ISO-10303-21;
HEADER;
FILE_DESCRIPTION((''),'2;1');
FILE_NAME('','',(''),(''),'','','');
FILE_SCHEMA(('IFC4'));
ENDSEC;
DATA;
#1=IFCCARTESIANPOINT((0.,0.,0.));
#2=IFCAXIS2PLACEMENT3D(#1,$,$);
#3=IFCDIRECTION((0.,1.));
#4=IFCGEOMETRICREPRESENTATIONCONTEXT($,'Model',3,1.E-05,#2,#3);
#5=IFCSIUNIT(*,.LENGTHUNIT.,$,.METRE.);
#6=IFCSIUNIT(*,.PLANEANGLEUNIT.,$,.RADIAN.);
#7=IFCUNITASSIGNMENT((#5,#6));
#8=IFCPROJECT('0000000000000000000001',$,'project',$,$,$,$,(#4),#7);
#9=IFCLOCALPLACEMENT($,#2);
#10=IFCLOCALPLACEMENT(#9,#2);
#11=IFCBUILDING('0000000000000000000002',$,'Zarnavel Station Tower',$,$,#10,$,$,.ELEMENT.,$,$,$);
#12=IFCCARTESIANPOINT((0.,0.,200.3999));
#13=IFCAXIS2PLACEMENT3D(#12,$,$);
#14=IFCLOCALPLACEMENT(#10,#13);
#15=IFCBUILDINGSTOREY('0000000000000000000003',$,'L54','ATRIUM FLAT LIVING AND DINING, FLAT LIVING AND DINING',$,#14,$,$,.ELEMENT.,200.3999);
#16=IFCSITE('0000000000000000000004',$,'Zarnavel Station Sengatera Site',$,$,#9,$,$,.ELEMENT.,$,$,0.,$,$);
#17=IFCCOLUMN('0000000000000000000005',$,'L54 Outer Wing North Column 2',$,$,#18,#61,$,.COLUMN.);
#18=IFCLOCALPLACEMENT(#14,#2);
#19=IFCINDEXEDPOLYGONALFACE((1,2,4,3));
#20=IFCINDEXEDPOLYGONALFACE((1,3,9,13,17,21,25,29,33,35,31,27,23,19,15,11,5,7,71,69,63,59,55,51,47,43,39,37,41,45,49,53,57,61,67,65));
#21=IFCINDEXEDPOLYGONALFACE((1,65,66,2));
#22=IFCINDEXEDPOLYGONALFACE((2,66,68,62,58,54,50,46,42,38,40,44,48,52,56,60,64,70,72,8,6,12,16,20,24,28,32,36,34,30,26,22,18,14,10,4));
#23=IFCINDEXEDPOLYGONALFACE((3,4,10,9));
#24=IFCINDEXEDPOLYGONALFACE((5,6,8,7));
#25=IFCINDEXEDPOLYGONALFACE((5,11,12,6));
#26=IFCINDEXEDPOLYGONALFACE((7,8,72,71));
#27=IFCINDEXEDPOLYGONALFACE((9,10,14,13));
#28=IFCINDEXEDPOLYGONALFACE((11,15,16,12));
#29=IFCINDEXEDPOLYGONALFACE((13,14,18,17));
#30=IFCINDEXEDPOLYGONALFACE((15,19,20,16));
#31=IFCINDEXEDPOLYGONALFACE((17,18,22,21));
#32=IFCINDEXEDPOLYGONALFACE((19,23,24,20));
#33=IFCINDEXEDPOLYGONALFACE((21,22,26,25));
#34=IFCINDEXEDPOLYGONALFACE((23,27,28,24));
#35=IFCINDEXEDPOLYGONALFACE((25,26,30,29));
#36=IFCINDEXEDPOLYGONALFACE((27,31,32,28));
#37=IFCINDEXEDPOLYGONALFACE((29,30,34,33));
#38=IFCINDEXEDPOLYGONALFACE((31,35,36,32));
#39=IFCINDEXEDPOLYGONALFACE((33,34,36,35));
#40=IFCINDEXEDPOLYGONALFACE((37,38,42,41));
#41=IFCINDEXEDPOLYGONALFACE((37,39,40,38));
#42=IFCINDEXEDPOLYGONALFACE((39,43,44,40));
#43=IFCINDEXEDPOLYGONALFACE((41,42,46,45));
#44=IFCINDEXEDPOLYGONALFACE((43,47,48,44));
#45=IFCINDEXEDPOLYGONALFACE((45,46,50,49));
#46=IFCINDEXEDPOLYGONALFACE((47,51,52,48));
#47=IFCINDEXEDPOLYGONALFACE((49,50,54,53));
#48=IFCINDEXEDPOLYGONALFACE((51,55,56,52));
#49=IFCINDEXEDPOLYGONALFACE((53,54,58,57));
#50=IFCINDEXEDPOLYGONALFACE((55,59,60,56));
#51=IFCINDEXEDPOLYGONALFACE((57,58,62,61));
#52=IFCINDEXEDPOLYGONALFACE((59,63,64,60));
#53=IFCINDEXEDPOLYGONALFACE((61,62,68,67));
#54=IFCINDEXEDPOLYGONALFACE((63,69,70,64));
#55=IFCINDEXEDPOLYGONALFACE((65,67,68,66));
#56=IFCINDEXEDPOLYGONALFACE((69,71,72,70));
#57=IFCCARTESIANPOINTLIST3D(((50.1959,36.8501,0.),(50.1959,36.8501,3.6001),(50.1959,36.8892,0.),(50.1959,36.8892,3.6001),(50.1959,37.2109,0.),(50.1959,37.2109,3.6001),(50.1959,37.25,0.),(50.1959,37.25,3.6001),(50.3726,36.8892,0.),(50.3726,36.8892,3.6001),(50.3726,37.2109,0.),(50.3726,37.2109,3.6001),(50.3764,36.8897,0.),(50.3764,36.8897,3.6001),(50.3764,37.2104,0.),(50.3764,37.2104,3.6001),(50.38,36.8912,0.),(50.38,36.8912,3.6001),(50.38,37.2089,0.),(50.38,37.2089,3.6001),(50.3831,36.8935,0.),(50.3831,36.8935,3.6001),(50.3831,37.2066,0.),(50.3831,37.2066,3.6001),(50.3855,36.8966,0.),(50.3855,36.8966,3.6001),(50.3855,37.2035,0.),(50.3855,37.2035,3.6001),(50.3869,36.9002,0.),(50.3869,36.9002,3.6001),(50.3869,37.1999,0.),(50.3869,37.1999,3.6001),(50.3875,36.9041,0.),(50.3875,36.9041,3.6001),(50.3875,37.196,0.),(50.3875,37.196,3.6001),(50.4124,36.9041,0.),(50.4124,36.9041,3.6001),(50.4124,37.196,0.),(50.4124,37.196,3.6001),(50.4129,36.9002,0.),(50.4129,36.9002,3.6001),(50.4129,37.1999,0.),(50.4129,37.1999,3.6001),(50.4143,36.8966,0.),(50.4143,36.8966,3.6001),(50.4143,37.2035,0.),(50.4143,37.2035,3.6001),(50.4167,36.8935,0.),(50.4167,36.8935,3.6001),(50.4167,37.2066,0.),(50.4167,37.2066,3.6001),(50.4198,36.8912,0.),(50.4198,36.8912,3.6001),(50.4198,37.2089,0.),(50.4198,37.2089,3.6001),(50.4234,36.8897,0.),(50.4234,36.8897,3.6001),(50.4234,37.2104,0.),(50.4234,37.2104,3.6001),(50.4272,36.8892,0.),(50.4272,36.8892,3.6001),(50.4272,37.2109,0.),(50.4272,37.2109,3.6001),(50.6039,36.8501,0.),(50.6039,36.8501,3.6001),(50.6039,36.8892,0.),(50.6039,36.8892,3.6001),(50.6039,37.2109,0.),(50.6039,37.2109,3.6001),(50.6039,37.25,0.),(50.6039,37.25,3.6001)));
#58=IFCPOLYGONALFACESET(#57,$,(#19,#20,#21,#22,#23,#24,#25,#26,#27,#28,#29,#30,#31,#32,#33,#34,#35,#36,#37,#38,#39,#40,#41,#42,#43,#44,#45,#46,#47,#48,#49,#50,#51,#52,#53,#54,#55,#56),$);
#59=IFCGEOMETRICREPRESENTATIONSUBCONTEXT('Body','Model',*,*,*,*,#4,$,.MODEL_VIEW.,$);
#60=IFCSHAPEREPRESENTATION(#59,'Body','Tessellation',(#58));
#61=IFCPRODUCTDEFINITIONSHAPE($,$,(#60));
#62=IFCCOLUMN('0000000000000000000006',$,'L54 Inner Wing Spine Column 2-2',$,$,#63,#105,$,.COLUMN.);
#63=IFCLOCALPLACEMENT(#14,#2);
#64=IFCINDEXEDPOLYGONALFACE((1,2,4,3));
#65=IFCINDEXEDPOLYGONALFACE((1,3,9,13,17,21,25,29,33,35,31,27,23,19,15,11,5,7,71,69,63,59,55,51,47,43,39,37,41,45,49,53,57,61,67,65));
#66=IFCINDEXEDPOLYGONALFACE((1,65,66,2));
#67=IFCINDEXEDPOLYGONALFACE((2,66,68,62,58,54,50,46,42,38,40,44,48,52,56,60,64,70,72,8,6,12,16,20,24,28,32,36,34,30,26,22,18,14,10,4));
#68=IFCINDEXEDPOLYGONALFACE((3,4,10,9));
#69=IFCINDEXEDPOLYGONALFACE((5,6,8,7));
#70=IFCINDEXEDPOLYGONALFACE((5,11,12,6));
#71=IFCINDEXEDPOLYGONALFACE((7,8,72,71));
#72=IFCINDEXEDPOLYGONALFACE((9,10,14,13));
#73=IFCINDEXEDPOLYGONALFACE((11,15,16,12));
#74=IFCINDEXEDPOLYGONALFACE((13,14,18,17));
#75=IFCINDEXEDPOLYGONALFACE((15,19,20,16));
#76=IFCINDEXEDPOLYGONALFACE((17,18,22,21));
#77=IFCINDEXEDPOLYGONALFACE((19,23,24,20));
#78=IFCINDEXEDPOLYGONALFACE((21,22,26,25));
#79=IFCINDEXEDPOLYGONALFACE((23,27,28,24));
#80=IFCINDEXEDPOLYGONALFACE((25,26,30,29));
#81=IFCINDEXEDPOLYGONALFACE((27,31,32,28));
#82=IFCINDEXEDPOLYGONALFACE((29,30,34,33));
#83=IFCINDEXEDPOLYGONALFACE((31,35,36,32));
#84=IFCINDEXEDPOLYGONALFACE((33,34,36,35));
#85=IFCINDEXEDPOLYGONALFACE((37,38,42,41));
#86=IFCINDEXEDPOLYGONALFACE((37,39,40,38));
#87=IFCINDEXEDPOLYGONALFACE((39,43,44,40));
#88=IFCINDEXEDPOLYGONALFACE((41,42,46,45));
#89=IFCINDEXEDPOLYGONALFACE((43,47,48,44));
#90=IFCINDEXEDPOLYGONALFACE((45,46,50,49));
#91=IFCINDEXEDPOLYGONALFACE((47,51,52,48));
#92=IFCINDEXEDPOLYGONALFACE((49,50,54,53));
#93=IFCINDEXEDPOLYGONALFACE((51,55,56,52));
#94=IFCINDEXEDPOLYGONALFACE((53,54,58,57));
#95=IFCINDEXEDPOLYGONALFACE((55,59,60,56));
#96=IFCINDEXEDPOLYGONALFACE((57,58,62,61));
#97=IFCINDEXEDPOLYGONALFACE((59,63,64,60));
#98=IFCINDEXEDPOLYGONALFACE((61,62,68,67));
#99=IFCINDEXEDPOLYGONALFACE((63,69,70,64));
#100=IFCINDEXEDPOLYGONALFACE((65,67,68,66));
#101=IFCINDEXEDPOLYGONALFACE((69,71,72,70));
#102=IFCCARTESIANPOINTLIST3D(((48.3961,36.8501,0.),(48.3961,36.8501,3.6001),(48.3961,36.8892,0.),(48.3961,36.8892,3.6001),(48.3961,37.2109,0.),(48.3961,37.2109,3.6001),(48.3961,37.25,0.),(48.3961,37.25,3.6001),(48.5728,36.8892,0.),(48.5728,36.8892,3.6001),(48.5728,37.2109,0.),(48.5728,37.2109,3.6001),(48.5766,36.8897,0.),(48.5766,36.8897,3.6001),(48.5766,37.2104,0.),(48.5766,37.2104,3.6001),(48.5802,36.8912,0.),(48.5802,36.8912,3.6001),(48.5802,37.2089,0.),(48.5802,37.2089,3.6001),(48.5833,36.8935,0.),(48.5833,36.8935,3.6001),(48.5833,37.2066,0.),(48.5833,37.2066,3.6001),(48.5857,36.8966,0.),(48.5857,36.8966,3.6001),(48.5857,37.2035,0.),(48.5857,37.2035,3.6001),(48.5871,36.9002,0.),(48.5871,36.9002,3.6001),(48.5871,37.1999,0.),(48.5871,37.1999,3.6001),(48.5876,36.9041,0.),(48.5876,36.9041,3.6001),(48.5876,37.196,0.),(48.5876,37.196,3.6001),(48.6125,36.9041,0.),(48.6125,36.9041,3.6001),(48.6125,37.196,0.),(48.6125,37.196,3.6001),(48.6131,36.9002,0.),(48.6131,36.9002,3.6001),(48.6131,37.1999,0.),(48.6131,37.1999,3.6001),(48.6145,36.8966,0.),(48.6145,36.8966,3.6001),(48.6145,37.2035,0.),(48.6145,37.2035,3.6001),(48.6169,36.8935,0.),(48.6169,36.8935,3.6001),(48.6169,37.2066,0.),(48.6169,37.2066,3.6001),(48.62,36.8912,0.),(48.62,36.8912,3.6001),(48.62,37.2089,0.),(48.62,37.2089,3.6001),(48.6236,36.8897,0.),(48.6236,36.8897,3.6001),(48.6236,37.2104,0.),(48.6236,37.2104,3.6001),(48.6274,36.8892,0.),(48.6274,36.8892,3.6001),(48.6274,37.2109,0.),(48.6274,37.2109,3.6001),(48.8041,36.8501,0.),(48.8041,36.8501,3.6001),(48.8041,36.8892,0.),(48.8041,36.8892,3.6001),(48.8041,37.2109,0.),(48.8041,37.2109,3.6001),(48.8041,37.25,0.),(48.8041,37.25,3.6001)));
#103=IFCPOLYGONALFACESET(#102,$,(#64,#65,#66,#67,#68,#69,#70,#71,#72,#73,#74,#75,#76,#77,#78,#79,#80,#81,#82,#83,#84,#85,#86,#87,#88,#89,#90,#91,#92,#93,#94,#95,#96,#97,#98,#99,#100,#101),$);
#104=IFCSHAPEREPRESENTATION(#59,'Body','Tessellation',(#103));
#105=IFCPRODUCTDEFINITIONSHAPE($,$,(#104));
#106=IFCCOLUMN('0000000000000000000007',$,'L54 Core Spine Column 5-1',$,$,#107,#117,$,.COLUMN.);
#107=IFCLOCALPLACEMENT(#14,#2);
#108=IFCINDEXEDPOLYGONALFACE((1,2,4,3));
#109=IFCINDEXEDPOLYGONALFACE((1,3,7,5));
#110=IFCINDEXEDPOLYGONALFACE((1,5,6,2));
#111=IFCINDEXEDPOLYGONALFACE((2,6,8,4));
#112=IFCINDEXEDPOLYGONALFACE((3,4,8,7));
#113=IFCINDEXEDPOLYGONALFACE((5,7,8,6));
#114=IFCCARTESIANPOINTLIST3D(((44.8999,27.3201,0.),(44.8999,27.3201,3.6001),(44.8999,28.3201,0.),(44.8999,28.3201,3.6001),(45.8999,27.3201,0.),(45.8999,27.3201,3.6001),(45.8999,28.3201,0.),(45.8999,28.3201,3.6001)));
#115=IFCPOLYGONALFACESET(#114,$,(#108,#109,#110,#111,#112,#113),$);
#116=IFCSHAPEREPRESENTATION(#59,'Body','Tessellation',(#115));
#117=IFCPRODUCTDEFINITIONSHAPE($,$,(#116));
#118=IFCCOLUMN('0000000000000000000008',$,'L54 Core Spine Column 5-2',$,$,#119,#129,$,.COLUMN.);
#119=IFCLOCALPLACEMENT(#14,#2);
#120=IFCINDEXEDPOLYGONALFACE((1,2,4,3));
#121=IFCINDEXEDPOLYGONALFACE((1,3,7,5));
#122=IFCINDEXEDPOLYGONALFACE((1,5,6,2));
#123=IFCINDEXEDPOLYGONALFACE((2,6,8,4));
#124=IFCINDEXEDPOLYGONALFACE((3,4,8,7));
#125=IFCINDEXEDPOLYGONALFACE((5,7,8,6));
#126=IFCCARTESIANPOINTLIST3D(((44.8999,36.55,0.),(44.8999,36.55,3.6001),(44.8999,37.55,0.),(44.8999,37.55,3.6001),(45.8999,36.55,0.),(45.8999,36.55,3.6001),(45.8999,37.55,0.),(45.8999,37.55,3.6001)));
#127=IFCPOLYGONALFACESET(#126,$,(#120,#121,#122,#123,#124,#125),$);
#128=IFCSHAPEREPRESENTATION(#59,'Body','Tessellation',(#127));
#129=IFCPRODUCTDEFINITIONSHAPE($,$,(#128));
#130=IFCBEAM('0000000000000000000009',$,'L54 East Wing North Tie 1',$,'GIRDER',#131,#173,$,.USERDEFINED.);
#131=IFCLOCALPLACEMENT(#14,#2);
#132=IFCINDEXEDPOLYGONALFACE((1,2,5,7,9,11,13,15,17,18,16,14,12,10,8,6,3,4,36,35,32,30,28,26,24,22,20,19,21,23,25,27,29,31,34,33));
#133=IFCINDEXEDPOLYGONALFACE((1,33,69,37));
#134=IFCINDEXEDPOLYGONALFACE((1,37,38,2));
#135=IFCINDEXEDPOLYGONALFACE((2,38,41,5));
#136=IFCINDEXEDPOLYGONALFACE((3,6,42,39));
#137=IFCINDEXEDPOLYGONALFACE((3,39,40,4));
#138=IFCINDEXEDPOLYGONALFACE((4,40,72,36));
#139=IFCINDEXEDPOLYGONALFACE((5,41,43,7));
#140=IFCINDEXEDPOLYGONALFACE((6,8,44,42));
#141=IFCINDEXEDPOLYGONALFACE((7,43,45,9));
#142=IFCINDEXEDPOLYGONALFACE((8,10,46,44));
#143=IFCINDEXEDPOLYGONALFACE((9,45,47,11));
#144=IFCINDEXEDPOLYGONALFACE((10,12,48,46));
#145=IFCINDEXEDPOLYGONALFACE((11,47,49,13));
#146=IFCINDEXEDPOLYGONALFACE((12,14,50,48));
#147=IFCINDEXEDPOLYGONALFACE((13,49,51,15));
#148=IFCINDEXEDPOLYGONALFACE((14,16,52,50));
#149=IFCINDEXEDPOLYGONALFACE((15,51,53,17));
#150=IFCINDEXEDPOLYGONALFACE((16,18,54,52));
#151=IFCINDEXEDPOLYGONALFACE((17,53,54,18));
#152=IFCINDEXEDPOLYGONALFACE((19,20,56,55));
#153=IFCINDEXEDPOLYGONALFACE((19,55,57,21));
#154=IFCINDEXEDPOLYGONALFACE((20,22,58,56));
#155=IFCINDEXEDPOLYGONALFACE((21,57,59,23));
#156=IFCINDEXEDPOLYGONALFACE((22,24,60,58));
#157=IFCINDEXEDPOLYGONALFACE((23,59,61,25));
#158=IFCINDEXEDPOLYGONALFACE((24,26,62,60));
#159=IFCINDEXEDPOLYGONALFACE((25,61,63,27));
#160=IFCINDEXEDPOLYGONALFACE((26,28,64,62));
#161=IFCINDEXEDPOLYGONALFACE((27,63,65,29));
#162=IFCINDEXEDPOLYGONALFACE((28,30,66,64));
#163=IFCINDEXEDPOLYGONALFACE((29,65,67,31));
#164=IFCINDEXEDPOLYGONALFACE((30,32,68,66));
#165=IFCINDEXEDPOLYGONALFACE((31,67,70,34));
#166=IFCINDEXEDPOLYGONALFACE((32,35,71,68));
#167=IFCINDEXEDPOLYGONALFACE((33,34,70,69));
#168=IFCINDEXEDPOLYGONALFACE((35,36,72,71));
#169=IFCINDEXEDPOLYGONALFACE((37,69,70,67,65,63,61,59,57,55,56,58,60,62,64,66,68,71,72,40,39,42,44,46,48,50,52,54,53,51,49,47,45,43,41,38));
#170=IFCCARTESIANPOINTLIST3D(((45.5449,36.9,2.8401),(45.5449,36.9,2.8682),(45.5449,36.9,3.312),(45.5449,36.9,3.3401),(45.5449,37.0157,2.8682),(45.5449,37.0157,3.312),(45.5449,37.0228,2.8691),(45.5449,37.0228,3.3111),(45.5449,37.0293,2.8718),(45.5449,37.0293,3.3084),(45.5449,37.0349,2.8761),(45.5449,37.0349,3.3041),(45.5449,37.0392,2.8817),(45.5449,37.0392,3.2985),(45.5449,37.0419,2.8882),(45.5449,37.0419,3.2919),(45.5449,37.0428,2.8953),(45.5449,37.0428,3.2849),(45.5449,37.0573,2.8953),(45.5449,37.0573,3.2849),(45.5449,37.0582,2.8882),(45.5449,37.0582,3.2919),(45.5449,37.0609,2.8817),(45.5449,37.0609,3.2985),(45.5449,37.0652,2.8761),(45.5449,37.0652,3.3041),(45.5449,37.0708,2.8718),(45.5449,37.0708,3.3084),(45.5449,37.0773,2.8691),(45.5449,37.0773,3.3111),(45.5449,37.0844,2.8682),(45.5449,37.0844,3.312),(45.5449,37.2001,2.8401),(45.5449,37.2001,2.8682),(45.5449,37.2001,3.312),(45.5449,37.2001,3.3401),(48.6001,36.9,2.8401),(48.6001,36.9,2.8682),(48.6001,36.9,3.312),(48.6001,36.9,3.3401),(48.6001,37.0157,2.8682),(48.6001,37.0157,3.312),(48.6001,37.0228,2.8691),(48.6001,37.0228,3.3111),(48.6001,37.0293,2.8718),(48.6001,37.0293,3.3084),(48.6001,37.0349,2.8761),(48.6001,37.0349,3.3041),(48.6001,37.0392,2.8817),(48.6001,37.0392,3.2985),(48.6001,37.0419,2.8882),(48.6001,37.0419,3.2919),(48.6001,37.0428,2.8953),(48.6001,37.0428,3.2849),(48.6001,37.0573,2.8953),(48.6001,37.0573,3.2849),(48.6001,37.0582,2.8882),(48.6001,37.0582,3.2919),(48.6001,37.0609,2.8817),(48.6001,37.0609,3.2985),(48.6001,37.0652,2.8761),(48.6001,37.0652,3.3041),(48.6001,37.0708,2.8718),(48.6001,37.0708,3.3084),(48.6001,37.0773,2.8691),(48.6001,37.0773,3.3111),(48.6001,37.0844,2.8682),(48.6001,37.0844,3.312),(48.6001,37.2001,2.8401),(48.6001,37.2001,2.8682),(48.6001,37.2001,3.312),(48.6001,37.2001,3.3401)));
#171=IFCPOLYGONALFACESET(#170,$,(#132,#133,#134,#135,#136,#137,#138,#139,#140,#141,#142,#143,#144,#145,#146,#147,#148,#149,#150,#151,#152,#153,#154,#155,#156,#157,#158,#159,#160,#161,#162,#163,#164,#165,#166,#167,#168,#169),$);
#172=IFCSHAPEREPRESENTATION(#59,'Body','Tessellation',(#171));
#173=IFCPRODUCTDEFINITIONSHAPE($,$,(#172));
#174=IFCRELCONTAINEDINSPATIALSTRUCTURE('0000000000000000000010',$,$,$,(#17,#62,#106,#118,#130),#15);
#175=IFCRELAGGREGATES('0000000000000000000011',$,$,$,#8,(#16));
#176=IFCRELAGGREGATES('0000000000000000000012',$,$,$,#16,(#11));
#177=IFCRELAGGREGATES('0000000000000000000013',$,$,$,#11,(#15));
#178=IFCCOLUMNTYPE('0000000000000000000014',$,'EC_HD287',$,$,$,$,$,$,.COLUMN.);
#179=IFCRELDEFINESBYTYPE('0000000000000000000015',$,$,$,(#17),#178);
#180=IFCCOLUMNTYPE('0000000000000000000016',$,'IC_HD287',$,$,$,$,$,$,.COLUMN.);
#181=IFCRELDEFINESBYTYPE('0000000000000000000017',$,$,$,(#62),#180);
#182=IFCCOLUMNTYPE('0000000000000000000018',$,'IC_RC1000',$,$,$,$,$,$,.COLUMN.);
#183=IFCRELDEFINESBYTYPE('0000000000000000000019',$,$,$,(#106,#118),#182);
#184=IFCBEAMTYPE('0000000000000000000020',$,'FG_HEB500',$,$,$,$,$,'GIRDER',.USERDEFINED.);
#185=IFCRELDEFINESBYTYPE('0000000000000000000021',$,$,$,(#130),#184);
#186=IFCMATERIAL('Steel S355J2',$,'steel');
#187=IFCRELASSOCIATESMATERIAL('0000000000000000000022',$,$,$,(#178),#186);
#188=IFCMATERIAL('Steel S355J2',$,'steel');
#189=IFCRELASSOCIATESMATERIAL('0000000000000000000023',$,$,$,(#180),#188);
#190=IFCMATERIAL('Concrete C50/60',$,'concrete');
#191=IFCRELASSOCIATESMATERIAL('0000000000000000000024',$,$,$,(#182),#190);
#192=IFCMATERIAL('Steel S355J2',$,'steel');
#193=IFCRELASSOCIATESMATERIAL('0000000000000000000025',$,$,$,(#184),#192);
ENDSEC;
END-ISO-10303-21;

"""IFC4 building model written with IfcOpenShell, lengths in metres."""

from ifc_helpers import new_model, si_unit, direction, frame, origin, origin_2d, place, context, subcontext, project, spatial, rectangle, i_section, extrude, material, material_profile, profile_set, type_object, element, save


model = new_model("IFC4")

# Units and contexts
model_context = context("Model", 3, precision=1e-05, world=origin(), true_north=direction((0.0, 1.0)))
body_context = subcontext(model_context, "Body", "Model", "MODEL_VIEW")
ifc_project = project(units=[si_unit("LENGTHUNIT", "METRE"), si_unit("PLANEANGLEUNIT", "RADIAN")], contexts=[model_context])

# Site, building, storey
site_placement = place(None, origin())
site = spatial("IfcSite", under=ifc_project, at=site_placement, Name="Zarnavel Station Sengatera Site", CompositionType="ELEMENT", RefElevation=0.0)
building_placement = place(site_placement, origin())
building = spatial("IfcBuilding", under=site, at=building_placement, Name="Zarnavel Station Tower", CompositionType="ELEMENT")
storey_placement = place(building_placement, frame((0.0, 0.0, 200.3999)))
storey = spatial("IfcBuildingStorey", under=building, at=storey_placement, Name="L54", Description="ATRIUM FLAT LIVING AND DINING, FLAT LIVING AND DINING", CompositionType="ELEMENT", Elevation=200.3999)

# Columns
ifc_material_1 = material(Name="Steel S355J2", Category="steel")
ifc_material_profile_1 = material_profile(ifc_material_1, i_section(OverallWidth=0.408, OverallDepth=0.3999, WebThickness=0.0249, FlangeThickness=0.0391, FilletRadius=0.0149, at=origin_2d()), Name="HD400x287")
ifc_profile_set_1 = profile_set([ifc_material_profile_1], Name="Steel S355J2")
column_type_1 = type_object("IfcColumnType", Name="EC_HD287", PredefinedType="COLUMN", material=ifc_profile_set_1)
column_1_placement = place(storey_placement, frame((50.3999, 37.05, 0.0), z_axis=(0.0, 0.0, 1.0), x_axis=(1.0, 0.0, 0.0)))
element("IfcColumn", 1, at=column_1_placement, inside=storey, type_object=column_type_1, Name="L54 Outer Wing North Column 2", PredefinedType="COLUMN", context=body_context, shape_type="SweptSolid", body=[
    extrude(i_section(OverallWidth=0.408, OverallDepth=0.3999, WebThickness=0.0249, FlangeThickness=0.0391, FilletRadius=0.0149, at=origin_2d()), origin(), (0.0, 0.0, 1.0), 3.6001),
])
ifc_material_2 = material(Name="Steel S355J2", Category="steel")
ifc_material_profile_2 = material_profile(ifc_material_2, i_section(OverallWidth=0.408, OverallDepth=0.3999, WebThickness=0.0249, FlangeThickness=0.0391, FilletRadius=0.0149, at=origin_2d()), Name="HD400x287")
ifc_profile_set_2 = profile_set([ifc_material_profile_2], Name="Steel S355J2")
column_type_2 = type_object("IfcColumnType", Name="IC_HD287", PredefinedType="COLUMN", material=ifc_profile_set_2)
column_2_placement = place(storey_placement, frame((48.6001, 37.05, 0.0), z_axis=(0.0, 0.0, 1.0), x_axis=(1.0, 0.0, 0.0)))
element("IfcColumn", 2, at=column_2_placement, inside=storey, type_object=column_type_2, Name="L54 Inner Wing Spine Column 2-2", PredefinedType="COLUMN", context=body_context, shape_type="SweptSolid", body=[
    extrude(i_section(OverallWidth=0.408, OverallDepth=0.3999, WebThickness=0.0249, FlangeThickness=0.0391, FilletRadius=0.0149, at=origin_2d()), origin(), (0.0, 0.0, 1.0), 3.6001),
])
ifc_material_3 = material(Name="Concrete C50/60", Category="concrete")
ifc_material_profile_3 = material_profile(ifc_material_3, rectangle(XDim=1.0, YDim=1.0, at=origin_2d()), Name="RC1000x1000")
ifc_profile_set_3 = profile_set([ifc_material_profile_3], Name="Concrete C50/60")
column_type_3 = type_object("IfcColumnType", Name="IC_RC1000", PredefinedType="COLUMN", material=ifc_profile_set_3)
for number, where, z_axis, x_axis, name in (
    (3, (45.3999, 27.8201, 0.0), (0.0, 0.0, 1.0), (1.0, 0.0, 0.0), "L54 Core Spine Column 5-1"),
    (4, (45.3999, 37.05, 0.0), (0.0, 0.0, 1.0), (1.0, 0.0, 0.0), "L54 Core Spine Column 5-2"),
):
    element("IfcColumn", number, at=place(storey_placement, frame(where, z_axis=z_axis, x_axis=x_axis)), inside=storey, type_object=column_type_3, Name=name, PredefinedType="COLUMN", context=body_context, shape_type="SweptSolid", body=[
        extrude(rectangle(XDim=1.0, YDim=1.0, at=origin_2d()), origin(), (0.0, 0.0, 1.0), 3.6001),
    ])

# Beam
ifc_material_4 = material(Name="Steel S355J2", Category="steel")
ifc_material_profile_4 = material_profile(ifc_material_4, i_section(OverallWidth=0.3, OverallDepth=0.5, WebThickness=0.0144, FlangeThickness=0.0281, FilletRadius=0.0271, at=origin_2d()), Name="HEB500")
ifc_profile_set_4 = profile_set([ifc_material_profile_4], Name="Steel S355J2")
beam_type_1 = type_object("IfcBeamType", Name="FG_HEB500", ElementType="GIRDER", PredefinedType="USERDEFINED", material=ifc_profile_set_4)
beam_1_placement = place(storey_placement, frame((45.5449, 37.05, 3.0901), z_axis=(1.0, 0.0, 0.0), x_axis=(0.0, 1.0, 0.0)))
element("IfcBeam", 5, at=beam_1_placement, inside=storey, type_object=beam_type_1, Name="L54 East Wing North Tie 1", ObjectType="GIRDER", PredefinedType="USERDEFINED", context=body_context, shape_type="SweptSolid", body=[
    extrude(i_section(OverallWidth=0.3, OverallDepth=0.5, WebThickness=0.0144, FlangeThickness=0.0281, FilletRadius=0.0271, at=origin_2d()), origin(), (0.0, 0.0, 1.0), 3.0552),
])

save(model, "model.ifc")
